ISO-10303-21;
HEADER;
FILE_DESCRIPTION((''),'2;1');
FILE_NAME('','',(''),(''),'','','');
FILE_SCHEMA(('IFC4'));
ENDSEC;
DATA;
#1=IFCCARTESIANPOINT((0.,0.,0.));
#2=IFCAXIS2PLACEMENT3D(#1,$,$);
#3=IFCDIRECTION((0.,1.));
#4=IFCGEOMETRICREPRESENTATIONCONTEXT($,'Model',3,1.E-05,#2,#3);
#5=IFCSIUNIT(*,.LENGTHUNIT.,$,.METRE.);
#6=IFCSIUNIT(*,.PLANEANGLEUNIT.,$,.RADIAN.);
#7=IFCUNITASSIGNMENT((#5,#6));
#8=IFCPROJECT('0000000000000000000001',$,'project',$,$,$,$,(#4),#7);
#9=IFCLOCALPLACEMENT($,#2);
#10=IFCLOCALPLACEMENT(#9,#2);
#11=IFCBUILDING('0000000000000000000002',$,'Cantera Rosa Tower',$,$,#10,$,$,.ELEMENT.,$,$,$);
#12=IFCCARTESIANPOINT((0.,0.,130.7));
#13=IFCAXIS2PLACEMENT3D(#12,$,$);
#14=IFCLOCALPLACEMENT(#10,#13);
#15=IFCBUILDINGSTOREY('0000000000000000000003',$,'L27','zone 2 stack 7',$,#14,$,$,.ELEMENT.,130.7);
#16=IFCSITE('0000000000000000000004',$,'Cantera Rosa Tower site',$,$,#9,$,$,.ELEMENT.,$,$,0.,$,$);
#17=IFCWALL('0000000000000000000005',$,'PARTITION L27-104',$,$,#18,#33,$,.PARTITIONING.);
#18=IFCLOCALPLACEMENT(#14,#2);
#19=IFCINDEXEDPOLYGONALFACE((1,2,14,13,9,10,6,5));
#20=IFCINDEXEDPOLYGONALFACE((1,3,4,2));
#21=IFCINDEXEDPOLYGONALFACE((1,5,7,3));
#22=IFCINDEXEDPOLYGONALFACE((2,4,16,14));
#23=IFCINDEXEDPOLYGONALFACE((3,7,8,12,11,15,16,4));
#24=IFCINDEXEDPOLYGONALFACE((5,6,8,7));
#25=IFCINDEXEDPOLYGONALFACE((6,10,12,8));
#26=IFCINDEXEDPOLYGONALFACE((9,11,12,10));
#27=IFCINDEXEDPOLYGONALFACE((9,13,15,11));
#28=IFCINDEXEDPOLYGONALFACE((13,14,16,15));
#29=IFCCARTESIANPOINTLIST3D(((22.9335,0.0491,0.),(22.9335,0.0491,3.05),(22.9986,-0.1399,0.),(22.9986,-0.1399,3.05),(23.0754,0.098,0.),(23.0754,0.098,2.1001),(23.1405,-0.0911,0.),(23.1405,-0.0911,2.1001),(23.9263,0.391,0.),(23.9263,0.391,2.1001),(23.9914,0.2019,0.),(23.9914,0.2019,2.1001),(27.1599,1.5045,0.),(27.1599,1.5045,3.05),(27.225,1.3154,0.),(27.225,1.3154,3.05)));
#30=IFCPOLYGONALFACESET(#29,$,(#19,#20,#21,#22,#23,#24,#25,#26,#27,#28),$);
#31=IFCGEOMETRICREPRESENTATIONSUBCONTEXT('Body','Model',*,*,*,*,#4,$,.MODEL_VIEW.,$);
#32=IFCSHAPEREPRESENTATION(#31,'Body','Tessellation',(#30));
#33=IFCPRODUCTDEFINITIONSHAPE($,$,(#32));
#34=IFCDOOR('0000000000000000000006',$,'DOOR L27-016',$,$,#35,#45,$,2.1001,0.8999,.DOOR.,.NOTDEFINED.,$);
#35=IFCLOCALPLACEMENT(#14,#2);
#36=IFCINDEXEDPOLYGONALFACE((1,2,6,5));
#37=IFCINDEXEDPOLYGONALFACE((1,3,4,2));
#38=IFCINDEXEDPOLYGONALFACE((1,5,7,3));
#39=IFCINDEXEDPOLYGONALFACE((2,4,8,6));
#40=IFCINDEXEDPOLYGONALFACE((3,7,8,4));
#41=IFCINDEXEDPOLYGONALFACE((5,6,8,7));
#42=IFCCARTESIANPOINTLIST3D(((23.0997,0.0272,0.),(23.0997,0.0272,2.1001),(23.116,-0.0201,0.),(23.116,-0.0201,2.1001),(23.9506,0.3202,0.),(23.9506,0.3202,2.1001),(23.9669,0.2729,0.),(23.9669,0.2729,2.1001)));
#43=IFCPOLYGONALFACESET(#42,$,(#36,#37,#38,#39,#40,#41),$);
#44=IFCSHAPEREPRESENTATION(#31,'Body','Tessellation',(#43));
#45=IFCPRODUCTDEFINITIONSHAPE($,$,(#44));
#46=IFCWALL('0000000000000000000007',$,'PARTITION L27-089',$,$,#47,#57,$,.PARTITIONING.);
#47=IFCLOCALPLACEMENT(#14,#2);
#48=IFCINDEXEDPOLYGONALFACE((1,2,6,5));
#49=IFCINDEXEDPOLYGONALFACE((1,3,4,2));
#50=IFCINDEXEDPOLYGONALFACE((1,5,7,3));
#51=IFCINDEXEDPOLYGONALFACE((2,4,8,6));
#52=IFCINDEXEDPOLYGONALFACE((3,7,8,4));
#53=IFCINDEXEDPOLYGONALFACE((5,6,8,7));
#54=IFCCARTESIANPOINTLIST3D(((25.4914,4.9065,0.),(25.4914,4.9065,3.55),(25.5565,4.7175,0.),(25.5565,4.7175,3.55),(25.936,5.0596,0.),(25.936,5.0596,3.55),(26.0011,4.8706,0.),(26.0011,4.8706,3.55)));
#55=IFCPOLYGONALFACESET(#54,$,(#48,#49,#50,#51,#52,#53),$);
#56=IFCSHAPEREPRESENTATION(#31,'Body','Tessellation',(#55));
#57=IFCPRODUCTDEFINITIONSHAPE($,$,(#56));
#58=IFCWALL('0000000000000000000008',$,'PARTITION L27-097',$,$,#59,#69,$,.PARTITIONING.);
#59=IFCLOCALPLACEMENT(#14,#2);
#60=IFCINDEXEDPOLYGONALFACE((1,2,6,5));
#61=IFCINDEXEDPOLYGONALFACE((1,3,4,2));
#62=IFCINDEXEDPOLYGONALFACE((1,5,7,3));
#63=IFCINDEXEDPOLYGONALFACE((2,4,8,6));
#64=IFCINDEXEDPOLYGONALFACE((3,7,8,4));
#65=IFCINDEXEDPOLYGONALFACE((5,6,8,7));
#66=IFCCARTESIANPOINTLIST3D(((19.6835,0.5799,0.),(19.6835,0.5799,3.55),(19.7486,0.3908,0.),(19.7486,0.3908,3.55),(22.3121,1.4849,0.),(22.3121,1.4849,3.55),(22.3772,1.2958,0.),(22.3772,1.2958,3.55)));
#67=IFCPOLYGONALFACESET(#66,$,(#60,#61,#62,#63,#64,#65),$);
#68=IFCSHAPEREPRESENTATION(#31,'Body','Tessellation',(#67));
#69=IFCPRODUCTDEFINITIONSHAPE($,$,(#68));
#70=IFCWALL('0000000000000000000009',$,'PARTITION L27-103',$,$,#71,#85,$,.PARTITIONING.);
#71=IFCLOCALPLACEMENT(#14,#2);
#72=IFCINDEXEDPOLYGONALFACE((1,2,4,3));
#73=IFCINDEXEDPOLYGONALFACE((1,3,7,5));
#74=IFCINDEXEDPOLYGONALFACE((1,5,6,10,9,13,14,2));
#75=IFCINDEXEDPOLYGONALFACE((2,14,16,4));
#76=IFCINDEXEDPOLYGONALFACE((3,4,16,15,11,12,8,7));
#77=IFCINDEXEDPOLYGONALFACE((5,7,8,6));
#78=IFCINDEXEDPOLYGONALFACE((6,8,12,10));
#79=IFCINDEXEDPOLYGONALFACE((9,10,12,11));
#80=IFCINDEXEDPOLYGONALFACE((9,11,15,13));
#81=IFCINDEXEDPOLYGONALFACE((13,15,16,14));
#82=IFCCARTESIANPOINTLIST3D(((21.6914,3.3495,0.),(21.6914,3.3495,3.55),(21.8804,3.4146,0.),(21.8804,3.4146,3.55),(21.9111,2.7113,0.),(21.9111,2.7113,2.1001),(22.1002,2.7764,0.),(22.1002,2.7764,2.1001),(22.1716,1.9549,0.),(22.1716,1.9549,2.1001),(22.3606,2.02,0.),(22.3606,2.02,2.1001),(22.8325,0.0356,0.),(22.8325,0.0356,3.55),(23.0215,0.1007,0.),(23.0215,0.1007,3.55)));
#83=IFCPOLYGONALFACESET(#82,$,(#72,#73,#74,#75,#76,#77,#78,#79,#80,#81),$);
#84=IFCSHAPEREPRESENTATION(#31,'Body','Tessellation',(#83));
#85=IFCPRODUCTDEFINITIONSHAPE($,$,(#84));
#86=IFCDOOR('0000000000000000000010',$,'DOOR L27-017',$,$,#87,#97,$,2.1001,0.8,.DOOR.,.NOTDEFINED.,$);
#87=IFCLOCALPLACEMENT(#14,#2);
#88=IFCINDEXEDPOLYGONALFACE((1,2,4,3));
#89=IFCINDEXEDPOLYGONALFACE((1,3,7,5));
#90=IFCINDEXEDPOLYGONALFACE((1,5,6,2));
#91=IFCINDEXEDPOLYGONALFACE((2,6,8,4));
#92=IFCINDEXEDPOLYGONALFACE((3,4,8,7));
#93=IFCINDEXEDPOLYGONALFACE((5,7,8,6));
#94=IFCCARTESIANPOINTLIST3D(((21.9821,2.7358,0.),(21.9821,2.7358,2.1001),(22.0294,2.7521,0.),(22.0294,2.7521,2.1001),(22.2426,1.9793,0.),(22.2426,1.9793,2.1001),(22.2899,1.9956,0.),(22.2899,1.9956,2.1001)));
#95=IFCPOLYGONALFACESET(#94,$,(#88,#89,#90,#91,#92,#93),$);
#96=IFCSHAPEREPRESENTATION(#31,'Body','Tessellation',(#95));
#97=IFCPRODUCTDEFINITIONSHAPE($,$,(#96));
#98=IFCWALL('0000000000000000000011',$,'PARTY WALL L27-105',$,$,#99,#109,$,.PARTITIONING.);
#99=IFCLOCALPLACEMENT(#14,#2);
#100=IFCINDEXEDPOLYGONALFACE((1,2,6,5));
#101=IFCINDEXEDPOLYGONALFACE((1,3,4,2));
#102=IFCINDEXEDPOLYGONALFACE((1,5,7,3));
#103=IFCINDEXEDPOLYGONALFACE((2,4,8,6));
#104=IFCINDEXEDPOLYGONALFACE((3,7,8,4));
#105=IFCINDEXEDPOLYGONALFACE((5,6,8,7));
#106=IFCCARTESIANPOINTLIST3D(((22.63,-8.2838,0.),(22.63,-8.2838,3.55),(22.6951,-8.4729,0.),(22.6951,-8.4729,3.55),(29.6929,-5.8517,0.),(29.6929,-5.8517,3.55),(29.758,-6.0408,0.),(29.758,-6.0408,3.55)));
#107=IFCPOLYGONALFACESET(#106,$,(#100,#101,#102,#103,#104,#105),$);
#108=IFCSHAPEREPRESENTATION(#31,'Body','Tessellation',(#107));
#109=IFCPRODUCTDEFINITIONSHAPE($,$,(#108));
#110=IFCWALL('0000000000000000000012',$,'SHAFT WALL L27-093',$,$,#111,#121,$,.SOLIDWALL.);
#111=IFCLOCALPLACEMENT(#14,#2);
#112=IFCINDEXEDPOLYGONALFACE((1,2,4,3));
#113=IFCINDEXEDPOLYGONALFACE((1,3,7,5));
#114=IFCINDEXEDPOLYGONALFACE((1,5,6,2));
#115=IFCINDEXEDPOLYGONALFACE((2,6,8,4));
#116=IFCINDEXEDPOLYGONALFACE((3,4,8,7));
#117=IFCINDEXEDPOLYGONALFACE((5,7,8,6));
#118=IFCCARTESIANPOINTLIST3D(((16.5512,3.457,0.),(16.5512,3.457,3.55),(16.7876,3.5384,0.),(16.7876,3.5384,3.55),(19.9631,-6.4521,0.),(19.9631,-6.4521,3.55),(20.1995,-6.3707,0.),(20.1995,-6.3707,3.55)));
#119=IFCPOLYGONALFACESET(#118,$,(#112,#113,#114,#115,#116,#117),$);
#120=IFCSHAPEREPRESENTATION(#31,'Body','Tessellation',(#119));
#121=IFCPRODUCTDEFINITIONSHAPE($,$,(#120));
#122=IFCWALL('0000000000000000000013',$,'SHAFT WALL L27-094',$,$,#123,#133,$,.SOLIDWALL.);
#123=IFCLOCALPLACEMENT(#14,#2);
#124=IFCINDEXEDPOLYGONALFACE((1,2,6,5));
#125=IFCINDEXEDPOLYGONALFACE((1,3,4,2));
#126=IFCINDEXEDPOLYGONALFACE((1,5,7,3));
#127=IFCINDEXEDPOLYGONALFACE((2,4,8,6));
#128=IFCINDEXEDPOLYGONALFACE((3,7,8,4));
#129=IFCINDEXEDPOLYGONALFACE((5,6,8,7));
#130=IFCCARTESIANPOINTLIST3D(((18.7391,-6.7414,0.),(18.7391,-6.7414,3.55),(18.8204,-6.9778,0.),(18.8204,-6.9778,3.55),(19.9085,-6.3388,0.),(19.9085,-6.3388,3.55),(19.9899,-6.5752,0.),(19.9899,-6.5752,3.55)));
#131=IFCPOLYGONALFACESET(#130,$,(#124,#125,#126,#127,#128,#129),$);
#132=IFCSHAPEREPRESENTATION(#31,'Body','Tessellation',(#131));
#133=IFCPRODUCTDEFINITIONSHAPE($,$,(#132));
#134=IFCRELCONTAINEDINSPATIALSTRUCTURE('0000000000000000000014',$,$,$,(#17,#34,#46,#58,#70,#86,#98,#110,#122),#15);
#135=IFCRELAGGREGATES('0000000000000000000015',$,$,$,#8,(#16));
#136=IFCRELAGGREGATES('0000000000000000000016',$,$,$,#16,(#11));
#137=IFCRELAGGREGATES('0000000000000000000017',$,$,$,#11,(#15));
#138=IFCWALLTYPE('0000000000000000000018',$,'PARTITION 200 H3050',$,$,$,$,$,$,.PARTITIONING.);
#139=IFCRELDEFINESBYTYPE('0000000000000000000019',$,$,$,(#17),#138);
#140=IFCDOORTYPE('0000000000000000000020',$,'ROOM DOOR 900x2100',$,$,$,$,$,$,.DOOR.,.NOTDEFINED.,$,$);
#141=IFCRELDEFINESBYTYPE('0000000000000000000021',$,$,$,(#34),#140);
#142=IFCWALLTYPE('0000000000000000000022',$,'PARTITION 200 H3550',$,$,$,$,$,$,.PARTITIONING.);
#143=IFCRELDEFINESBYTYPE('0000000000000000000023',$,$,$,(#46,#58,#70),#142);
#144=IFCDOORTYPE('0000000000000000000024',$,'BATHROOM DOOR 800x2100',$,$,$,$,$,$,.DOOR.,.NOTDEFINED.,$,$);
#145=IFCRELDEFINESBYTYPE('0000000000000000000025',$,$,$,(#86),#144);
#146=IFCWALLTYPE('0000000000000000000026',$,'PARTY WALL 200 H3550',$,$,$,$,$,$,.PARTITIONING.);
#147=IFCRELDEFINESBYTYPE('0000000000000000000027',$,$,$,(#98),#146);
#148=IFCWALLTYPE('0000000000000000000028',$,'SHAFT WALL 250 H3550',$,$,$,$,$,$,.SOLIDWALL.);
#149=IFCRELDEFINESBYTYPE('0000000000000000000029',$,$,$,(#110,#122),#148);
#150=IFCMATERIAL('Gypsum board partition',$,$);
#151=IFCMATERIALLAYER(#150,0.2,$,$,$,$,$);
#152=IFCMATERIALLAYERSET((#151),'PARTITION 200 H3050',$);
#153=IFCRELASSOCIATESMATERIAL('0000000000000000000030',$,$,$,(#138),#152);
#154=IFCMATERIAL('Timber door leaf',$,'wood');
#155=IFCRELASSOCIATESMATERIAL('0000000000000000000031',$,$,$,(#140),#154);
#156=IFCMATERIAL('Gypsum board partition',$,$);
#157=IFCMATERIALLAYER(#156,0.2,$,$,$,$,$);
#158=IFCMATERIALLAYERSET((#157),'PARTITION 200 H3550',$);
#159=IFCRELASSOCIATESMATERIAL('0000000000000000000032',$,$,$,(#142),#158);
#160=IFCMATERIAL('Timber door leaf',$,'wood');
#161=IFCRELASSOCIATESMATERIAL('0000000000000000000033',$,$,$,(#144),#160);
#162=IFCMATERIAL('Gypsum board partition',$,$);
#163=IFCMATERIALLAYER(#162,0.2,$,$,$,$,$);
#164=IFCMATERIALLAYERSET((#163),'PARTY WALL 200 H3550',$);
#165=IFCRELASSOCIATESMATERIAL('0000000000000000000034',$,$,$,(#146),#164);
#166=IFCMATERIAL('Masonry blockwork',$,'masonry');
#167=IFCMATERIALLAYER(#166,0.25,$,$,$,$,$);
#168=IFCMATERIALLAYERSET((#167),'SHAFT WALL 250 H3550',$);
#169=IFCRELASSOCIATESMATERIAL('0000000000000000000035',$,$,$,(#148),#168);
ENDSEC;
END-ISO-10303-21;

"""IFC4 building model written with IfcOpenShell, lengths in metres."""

from ifc_helpers import new_model, si_unit, direction, frame, frame_2d, origin, place, context, subcontext, project, spatial, rectangle, extrude, material, layer, layer_set, type_object, element, fill, save


model = new_model("IFC4")

# Units and contexts
model_context = context("Model", 3, precision=1e-05, world=origin(), true_north=direction((0.0, 1.0)))
body_context = subcontext(model_context, "Body", "Model", "MODEL_VIEW")
ifc_project = project(units=[si_unit("LENGTHUNIT", "METRE"), si_unit("PLANEANGLEUNIT", "RADIAN")], contexts=[model_context])

# Site, building, storey
site_placement = place(None, origin())
site = spatial("IfcSite", under=ifc_project, at=site_placement, Name="Cantera Rosa Tower site", CompositionType="ELEMENT", RefElevation=0.0)
building_placement = place(site_placement, origin())
building = spatial("IfcBuilding", under=site, at=building_placement, Name="Cantera Rosa Tower", CompositionType="ELEMENT")
storey_placement = place(building_placement, frame((0.0, 0.0, 130.7)))
storey = spatial("IfcBuildingStorey", under=building, at=storey_placement, Name="L27", Description="zone 2 stack 7", CompositionType="ELEMENT", Elevation=130.7)

# Wall, opening, door
ifc_material_1 = material(Name="Gypsum board partition")
ifc_layer_1 = layer(ifc_material_1, 0.2)
ifc_layer_set_1 = layer_set([ifc_layer_1], Name="PARTITION 200 H3050")
wall_type_1 = type_object("IfcWallType", Name="PARTITION 200 H3050", PredefinedType="PARTITIONING", material=ifc_layer_set_1)
wall_1_placement = place(storey_placement, frame((27.1924, 1.4099, 0.0), z_axis=(0.0, 0.0, 1.0), x_axis=(-0.945513, -0.325585, 0.0)))
wall_1 = element("IfcWall", 1, at=wall_1_placement, inside=storey, type_object=wall_type_1, Name="PARTITION L27-104", PredefinedType="PARTITIONING", context=body_context, shape_type="SweptSolid", body=[
    extrude(rectangle(XDim=4.47, YDim=0.2, at=frame_2d((2.2349, 0.0))), origin(), (0.0, 0.0, 1.0), 3.05),
])
opening_1_placement = place(wall_1_placement, frame((3.4199, 0.0, 0.0)))
opening_1 = element("IfcOpeningElement", 2, at=opening_1_placement, cuts=wall_1, PredefinedType="OPENING", context=body_context, shape_type="SweptSolid", body=[
    extrude(rectangle(XDim=0.8999, YDim=2.1001, at=frame_2d((0.45, 1.05))), frame((0.0, 0.1099, 0.0), z_axis=(0.0, -1.0, 0.0), x_axis=(1.0, 0.0, 0.0)), (0.0, 0.0, 1.0), 0.22),
])
ifc_material_2 = material(Name="Timber door leaf", Category="wood")
door_type_1 = type_object("IfcDoorType", Name="ROOM DOOR 900x2100", OperationType="NOTDEFINED", PredefinedType="DOOR", material=ifc_material_2)
door_1_placement = place(opening_1_placement, origin())
door_1 = element("IfcDoor", 3, at=door_1_placement, inside=storey, type_object=door_type_1, Name="DOOR L27-016", OperationType="NOTDEFINED", OverallHeight=2.1001, OverallWidth=0.8999, PredefinedType="DOOR", context=body_context, shape_type="SweptSolid", body=[
    extrude(rectangle(XDim=0.8999, YDim=2.1001, at=frame_2d((0.45, 1.05))), frame((0.0, 0.0249, 0.0), z_axis=(0.0, -1.0, 0.0), x_axis=(1.0, 0.0, 0.0)), (0.0, 0.0, 1.0), 0.05),
])
fill(opening_1, door_1)

# Walls
ifc_material_3 = material(Name="Gypsum board partition")
ifc_layer_2 = layer(ifc_material_3, 0.2)
ifc_layer_set_2 = layer_set([ifc_layer_2], Name="PARTITION 200 H3550")
wall_type_2 = type_object("IfcWallType", Name="PARTITION 200 H3550", PredefinedType="PARTITIONING", material=ifc_layer_set_2)
wall_2_placement = place(storey_placement, frame((25.5239, 4.812, 0.0), z_axis=(0.0, 0.0, 1.0), x_axis=(0.945522, 0.325559, 0.0)))
element("IfcWall", 4, at=wall_2_placement, inside=storey, type_object=wall_type_2, Name="PARTITION L27-089", PredefinedType="PARTITIONING", context=body_context, shape_type="SweptSolid", body=[
    extrude(rectangle(XDim=0.4702, YDim=0.2, at=frame_2d((0.2351, 0.0))), origin(), (0.0, 0.0, 1.0), 3.55),
])
wall_3_placement = place(storey_placement, frame((22.3447, 1.3904, 0.0), z_axis=(0.0, 0.0, 1.0), x_axis=(-0.945529, -0.325539, 0.0)))
element("IfcWall", 5, at=wall_3_placement, inside=storey, type_object=wall_type_2, Name="PARTITION L27-097", PredefinedType="PARTITIONING", context=body_context, shape_type="SweptSolid", body=[
    extrude(rectangle(XDim=2.78, YDim=0.2, at=frame_2d((1.3901, 0.0))), origin(), (0.0, 0.0, 1.0), 3.55),
])

# Wall, opening, door
wall_4_placement = place(storey_placement, frame((22.927, 0.0681, 0.0), z_axis=(0.0, 0.0, 1.0), x_axis=(-0.325574, 0.945516, 0.0)))
wall_4 = element("IfcWall", 6, at=wall_4_placement, inside=storey, type_object=wall_type_2, Name="PARTITION L27-103", PredefinedType="PARTITIONING", context=body_context, shape_type="SweptSolid", body=[
    extrude(rectangle(XDim=3.5049, YDim=0.2, at=frame_2d((1.7524, 0.0))), origin(), (0.0, 0.0, 1.0), 3.55),
])
opening_2_placement = place(wall_4_placement, frame((2.03, 0.0, 0.0)))
opening_2 = element("IfcOpeningElement", 7, at=opening_2_placement, cuts=wall_4, PredefinedType="OPENING", context=body_context, shape_type="SweptSolid", body=[
    extrude(rectangle(XDim=0.8, YDim=2.1001, at=frame_2d((0.3999, 1.05))), frame((0.0, 0.1099, 0.0), z_axis=(0.0, -1.0, 0.0), x_axis=(1.0, 0.0, 0.0)), (0.0, 0.0, 1.0), 0.22),
])
ifc_material_4 = material(Name="Timber door leaf", Category="wood")
door_type_2 = type_object("IfcDoorType", Name="BATHROOM DOOR 800x2100", OperationType="NOTDEFINED", PredefinedType="DOOR", material=ifc_material_4)
door_2_placement = place(opening_2_placement, origin())
door_2 = element("IfcDoor", 8, at=door_2_placement, inside=storey, type_object=door_type_2, Name="DOOR L27-017", OperationType="NOTDEFINED", OverallHeight=2.1001, OverallWidth=0.8, PredefinedType="DOOR", context=body_context, shape_type="SweptSolid", body=[
    extrude(rectangle(XDim=0.8, YDim=2.1001, at=frame_2d((0.3999, 1.05))), frame((0.0, 0.0249, 0.0), z_axis=(0.0, -1.0, 0.0), x_axis=(1.0, 0.0, 0.0)), (0.0, 0.0, 1.0), 0.05),
])
fill(opening_2, door_2)

# Walls
ifc_material_5 = material(Name="Gypsum board partition")
ifc_layer_3 = layer(ifc_material_5, 0.2)
ifc_layer_set_3 = layer_set([ifc_layer_3], Name="PARTY WALL 200 H3550")
wall_type_3 = type_object("IfcWallType", Name="PARTY WALL 200 H3550", PredefinedType="PARTITIONING", material=ifc_layer_set_3)
wall_5_placement = place(storey_placement, frame((29.7253, -5.9463, 0.0), z_axis=(0.0, 0.0, 1.0), x_axis=(-0.945513, -0.325586, 0.0)))
element("IfcWall", 9, at=wall_5_placement, inside=storey, type_object=wall_type_3, Name="PARTY WALL L27-105", PredefinedType="PARTITIONING", context=body_context, shape_type="SweptSolid", body=[
    extrude(rectangle(XDim=7.47, YDim=0.2, at=frame_2d((3.7349, 0.0))), origin(), (0.0, 0.0, 1.0), 3.55),
])
ifc_material_6 = material(Name="Masonry blockwork", Category="masonry")
ifc_layer_4 = layer(ifc_material_6, 0.25)
ifc_layer_set_4 = layer_set([ifc_layer_4], Name="SHAFT WALL 250 H3550")
wall_type_4 = type_object("IfcWallType", Name="SHAFT WALL 250 H3550", PredefinedType="SOLIDWALL", material=ifc_layer_set_4)
wall_6_placement = place(storey_placement, frame((20.0813, -6.4114, 0.0), z_axis=(0.0, 0.0, 1.0), x_axis=(-0.325563, 0.94552, 0.0)))
element("IfcWall", 10, at=wall_6_placement, inside=storey, type_object=wall_type_4, Name="SHAFT WALL L27-093", PredefinedType="SOLIDWALL", context=body_context, shape_type="SweptSolid", body=[
    extrude(rectangle(XDim=10.48, YDim=0.25, at=frame_2d((5.24, 0.0))), origin(), (0.0, 0.0, 1.0), 3.55),
])
wall_7_placement = place(storey_placement, frame((19.9492, -6.457, 0.0), z_axis=(0.0, 0.0, 1.0), x_axis=(-0.945539, -0.32551, 0.0)))
element("IfcWall", 11, at=wall_7_placement, inside=storey, type_object=wall_type_4, Name="SHAFT WALL L27-094", PredefinedType="SOLIDWALL", context=body_context, shape_type="SweptSolid", body=[
    extrude(rectangle(XDim=1.2368, YDim=0.25, at=frame_2d((0.6184, 0.0))), origin(), (0.0, 0.0, 1.0), 3.55),
])

save(model, "model.ifc")
